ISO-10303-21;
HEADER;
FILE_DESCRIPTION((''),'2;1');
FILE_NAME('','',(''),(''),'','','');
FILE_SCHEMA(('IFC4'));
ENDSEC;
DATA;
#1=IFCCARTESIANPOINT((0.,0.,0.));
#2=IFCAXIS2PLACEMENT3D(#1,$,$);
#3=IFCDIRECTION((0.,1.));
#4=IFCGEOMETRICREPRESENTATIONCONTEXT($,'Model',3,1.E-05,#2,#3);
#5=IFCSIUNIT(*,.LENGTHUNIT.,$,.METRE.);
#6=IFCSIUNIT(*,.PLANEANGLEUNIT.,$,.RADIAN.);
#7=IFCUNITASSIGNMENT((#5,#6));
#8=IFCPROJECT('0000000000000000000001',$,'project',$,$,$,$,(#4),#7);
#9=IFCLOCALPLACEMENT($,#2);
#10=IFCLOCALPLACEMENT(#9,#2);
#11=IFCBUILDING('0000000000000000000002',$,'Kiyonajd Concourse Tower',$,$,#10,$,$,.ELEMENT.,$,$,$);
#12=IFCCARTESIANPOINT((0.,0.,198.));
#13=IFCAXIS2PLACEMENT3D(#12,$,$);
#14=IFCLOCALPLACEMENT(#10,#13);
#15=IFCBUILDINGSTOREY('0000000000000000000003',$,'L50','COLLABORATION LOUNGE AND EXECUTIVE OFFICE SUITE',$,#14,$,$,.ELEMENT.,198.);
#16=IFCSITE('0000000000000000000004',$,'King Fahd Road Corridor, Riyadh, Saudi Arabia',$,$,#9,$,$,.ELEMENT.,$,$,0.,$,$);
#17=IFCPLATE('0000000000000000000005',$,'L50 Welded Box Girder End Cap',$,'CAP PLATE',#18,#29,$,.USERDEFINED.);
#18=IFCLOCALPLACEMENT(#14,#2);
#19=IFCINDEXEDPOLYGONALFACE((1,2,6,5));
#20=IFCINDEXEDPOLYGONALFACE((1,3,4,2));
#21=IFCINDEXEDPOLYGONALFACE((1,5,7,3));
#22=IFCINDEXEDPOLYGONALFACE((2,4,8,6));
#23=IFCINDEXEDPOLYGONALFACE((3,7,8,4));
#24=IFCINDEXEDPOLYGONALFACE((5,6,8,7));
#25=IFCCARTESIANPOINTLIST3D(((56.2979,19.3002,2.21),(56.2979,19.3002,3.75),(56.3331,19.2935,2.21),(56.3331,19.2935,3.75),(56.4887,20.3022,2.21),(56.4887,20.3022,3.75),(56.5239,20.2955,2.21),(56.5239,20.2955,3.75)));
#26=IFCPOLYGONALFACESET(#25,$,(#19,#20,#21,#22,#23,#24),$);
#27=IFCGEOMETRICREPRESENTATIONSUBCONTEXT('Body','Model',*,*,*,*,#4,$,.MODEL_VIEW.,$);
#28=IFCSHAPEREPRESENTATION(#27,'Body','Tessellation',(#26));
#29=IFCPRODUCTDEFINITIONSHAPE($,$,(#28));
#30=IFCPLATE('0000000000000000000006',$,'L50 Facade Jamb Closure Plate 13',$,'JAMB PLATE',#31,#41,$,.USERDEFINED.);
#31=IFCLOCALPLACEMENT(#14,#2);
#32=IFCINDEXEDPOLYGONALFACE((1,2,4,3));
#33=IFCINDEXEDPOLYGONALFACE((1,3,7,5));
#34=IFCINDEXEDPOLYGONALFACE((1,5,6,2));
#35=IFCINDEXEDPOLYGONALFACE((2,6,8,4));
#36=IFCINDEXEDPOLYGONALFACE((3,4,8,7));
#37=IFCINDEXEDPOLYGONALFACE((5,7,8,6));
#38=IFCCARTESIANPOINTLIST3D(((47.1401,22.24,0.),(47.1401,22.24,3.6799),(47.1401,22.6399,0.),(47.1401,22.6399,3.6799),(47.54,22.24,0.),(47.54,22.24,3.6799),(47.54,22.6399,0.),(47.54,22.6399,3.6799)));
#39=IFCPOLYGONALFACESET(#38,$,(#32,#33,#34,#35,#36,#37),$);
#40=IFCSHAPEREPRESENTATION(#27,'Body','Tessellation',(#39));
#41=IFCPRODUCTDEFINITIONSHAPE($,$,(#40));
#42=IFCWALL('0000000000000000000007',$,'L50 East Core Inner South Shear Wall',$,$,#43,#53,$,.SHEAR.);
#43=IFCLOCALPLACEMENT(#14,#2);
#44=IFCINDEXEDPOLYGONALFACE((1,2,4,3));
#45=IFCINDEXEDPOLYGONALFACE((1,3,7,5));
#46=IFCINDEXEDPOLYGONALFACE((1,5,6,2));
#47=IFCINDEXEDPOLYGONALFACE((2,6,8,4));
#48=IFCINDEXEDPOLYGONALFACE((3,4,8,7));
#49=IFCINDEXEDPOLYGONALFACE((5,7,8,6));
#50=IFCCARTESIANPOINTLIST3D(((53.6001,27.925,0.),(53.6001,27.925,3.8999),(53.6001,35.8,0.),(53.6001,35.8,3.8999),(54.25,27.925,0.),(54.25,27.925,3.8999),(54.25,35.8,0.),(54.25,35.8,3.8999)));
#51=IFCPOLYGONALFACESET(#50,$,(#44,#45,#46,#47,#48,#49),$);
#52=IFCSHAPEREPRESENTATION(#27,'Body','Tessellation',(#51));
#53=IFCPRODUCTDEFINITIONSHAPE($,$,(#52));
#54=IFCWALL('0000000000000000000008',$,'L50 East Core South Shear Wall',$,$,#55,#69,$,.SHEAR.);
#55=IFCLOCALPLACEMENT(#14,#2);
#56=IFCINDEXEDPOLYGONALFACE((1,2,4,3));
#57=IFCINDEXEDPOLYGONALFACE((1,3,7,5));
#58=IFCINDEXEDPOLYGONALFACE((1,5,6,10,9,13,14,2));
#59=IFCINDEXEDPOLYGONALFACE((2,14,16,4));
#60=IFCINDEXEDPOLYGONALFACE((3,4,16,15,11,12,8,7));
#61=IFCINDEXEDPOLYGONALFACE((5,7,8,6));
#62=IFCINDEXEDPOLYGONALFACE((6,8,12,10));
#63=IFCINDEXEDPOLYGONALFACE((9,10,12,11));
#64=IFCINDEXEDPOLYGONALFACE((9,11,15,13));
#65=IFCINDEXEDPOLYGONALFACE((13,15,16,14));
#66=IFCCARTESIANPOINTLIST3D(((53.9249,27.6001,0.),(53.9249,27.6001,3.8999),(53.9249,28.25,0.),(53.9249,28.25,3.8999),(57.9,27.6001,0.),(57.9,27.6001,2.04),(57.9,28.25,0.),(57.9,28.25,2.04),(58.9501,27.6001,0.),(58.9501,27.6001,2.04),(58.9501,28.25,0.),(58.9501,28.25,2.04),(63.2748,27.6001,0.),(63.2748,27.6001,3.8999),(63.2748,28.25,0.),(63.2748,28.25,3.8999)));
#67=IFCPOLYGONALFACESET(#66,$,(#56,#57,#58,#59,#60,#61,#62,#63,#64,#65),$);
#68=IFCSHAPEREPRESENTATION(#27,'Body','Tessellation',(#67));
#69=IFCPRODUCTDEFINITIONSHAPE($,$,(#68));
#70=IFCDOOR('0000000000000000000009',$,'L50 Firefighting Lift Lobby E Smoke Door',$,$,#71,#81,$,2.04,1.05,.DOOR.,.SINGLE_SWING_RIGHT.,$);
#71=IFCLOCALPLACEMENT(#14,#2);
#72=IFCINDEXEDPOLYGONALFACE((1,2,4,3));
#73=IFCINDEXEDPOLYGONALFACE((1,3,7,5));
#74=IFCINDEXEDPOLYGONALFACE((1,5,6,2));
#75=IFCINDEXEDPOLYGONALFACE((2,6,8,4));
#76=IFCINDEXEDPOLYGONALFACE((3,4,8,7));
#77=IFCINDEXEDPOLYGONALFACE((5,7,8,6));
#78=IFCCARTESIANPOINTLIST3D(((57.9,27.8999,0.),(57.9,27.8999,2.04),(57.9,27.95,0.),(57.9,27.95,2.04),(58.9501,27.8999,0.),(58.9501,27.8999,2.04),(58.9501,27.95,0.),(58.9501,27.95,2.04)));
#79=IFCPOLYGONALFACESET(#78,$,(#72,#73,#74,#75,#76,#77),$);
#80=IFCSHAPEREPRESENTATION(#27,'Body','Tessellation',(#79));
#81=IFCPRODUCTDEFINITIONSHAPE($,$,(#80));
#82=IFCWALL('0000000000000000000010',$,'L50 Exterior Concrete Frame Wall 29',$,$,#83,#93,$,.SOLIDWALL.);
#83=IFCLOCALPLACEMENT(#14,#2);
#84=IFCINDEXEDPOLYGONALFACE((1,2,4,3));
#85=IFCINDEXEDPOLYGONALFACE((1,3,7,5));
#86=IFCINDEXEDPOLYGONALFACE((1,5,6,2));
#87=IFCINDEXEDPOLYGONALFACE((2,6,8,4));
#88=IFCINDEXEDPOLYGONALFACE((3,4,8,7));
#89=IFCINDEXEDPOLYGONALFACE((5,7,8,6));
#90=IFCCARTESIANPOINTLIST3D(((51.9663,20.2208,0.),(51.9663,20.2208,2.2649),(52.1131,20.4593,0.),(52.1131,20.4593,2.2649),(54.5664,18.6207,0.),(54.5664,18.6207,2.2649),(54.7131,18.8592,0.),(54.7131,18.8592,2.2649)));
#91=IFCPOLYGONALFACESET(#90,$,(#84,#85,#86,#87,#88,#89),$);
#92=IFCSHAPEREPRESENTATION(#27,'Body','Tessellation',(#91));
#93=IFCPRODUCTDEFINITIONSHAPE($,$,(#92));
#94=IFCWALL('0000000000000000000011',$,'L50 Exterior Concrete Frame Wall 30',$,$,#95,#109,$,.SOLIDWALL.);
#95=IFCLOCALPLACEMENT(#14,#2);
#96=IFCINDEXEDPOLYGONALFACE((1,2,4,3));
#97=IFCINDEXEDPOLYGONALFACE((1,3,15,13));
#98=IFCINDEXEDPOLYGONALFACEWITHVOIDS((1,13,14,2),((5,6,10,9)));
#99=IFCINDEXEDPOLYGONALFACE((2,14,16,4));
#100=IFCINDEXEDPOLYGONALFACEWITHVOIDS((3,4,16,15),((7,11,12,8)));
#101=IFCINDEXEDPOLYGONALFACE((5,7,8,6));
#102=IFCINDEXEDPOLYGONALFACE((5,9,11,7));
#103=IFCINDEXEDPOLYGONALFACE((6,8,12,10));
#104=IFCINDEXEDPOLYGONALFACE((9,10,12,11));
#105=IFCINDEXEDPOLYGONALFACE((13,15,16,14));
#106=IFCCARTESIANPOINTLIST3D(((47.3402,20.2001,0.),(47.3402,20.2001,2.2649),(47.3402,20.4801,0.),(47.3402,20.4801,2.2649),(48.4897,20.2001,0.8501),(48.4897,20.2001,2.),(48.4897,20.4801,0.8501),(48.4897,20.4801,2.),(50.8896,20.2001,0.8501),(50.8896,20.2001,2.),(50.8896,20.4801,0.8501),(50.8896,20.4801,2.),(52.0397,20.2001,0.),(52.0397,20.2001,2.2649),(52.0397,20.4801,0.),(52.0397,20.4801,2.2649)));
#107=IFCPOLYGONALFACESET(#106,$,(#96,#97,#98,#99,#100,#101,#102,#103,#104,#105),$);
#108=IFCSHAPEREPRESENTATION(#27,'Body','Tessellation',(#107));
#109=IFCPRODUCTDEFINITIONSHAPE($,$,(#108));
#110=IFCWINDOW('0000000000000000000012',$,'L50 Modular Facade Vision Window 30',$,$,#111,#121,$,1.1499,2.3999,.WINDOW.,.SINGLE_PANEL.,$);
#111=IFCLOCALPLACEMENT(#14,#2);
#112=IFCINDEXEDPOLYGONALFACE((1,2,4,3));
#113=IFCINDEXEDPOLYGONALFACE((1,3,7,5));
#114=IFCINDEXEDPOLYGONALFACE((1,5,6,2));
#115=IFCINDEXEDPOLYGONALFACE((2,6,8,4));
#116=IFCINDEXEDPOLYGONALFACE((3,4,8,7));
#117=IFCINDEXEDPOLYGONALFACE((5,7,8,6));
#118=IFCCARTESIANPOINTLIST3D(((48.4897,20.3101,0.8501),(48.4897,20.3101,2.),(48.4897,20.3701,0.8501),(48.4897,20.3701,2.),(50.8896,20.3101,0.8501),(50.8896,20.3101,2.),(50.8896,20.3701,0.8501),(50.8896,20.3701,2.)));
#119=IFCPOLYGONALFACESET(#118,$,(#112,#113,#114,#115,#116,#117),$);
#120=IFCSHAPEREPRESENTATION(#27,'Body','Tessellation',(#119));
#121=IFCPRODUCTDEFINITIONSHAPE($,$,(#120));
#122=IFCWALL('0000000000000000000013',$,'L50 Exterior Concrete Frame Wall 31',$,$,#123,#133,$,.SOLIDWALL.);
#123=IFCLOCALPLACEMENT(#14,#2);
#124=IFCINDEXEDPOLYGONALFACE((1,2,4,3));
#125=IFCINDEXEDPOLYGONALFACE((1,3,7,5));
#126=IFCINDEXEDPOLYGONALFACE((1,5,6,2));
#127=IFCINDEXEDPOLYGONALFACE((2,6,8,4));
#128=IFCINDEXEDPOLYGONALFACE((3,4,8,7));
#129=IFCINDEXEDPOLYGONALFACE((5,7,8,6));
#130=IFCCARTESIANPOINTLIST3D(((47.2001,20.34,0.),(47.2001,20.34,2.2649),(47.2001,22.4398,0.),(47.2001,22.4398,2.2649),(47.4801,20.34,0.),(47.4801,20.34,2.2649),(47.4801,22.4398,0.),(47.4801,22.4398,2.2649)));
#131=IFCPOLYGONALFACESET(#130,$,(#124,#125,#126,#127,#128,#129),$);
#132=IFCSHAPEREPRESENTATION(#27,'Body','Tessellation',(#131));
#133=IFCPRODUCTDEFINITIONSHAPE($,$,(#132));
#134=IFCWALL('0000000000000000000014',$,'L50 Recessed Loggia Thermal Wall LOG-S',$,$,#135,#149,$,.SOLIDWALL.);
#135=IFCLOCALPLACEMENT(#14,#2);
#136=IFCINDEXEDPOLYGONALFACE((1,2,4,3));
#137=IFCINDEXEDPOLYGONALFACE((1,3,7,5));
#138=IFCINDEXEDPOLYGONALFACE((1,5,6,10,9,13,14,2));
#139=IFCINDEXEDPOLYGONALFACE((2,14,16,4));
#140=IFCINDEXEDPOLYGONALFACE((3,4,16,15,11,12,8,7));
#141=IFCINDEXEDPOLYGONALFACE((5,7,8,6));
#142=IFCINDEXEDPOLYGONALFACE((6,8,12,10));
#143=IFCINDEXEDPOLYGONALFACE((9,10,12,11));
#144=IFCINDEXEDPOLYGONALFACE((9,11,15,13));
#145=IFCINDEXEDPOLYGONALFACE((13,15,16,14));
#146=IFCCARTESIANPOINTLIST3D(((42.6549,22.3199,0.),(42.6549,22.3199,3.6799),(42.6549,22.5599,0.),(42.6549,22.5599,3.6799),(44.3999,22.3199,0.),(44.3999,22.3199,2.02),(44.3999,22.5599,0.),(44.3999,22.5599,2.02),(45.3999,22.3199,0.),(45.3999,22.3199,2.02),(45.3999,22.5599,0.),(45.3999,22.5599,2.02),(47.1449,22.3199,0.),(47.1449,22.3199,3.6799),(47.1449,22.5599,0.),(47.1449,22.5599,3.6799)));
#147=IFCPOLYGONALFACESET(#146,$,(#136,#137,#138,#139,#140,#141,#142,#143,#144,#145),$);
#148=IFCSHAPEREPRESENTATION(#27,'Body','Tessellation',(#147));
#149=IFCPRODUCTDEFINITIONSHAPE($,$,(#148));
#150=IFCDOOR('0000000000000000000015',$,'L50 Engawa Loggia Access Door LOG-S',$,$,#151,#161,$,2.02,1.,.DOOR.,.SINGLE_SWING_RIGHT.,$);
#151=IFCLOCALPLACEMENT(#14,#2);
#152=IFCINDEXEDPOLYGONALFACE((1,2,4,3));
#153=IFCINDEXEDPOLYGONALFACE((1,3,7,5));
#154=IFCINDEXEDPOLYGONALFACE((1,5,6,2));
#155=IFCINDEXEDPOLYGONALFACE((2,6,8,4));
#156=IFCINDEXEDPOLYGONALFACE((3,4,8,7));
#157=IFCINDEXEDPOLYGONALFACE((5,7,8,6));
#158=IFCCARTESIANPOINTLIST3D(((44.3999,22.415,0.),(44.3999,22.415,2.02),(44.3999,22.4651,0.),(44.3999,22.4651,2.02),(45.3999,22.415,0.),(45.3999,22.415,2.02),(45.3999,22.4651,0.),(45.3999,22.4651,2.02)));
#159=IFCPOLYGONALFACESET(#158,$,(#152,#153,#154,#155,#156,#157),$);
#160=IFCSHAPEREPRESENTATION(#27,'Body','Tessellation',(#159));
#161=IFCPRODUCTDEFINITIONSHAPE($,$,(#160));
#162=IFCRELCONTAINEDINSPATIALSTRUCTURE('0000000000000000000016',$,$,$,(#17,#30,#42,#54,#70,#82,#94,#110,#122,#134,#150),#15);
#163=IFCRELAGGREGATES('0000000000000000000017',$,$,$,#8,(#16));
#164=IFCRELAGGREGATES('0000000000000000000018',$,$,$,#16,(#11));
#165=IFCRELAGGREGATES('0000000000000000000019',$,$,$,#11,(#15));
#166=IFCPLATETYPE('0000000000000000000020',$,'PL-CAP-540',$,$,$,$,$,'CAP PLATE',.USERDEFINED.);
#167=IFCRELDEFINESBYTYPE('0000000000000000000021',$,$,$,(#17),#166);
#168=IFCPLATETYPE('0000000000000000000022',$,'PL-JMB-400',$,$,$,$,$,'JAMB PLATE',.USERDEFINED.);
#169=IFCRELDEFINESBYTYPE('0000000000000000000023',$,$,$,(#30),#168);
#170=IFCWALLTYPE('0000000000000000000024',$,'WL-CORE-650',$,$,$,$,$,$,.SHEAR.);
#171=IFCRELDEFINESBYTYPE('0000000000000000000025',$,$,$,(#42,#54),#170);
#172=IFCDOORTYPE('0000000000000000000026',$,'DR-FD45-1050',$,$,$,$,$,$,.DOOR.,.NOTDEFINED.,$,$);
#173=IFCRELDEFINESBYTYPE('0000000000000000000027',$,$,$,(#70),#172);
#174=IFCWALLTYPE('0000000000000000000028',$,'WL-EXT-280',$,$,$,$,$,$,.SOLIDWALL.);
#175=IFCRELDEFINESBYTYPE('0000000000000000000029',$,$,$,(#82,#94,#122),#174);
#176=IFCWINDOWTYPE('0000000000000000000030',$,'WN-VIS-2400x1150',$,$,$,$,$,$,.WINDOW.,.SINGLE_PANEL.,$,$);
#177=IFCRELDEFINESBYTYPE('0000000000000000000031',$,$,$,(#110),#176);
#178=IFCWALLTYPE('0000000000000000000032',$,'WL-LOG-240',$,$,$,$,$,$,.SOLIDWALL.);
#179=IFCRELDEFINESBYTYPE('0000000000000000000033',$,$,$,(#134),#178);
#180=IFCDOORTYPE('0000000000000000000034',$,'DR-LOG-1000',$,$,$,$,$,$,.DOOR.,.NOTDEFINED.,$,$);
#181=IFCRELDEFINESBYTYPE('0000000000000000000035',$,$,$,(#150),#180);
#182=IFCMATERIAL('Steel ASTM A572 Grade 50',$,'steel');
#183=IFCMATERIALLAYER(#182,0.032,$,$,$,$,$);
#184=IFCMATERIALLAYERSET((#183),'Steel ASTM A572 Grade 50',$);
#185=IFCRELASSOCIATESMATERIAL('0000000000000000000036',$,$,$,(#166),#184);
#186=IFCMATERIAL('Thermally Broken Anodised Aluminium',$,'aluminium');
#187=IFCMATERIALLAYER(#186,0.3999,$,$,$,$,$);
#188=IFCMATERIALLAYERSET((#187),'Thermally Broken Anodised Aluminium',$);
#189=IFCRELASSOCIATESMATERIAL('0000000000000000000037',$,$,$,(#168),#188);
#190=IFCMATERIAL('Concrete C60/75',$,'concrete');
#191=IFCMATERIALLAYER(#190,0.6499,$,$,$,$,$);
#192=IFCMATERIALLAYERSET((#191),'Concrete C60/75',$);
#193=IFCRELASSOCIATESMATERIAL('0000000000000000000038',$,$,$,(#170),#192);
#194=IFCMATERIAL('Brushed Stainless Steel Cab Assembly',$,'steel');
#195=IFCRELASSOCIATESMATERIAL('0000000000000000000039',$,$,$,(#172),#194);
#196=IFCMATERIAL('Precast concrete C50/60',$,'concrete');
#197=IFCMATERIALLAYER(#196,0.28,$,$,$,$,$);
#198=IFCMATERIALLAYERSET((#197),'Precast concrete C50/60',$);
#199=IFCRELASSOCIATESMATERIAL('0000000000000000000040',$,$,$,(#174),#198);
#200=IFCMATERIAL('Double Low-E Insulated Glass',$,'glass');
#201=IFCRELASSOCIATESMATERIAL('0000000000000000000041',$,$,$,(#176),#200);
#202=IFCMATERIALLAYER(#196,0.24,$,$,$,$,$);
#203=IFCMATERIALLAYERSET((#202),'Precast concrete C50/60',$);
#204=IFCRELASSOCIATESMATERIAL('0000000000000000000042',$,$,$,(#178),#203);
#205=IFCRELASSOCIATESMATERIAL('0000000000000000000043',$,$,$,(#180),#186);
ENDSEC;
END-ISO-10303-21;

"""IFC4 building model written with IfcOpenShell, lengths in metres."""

from ifc_helpers import new_model, si_unit, direction, frame, frame_2d, origin, origin_2d, place, context, subcontext, project, spatial, rectangle, extrude, material, layer, layer_set, type_object, element, fill, save


model = new_model("IFC4")

# Units and contexts
model_context = context("Model", 3, precision=1e-05, world=origin(), true_north=direction((0.0, 1.0)))
body_context = subcontext(model_context, "Body", "Model", "MODEL_VIEW")
ifc_project = project(units=[si_unit("LENGTHUNIT", "METRE"), si_unit("PLANEANGLEUNIT", "RADIAN")], contexts=[model_context])

# Site, building, storey
site_placement = place(None, origin())
site = spatial("IfcSite", under=ifc_project, at=site_placement, Name="King Fahd Road Corridor, Riyadh, Saudi Arabia", CompositionType="ELEMENT", RefElevation=0.0)
building_placement = place(site_placement, origin())
building = spatial("IfcBuilding", under=site, at=building_placement, Name="Kiyonajd Concourse Tower", CompositionType="ELEMENT")
storey_placement = place(building_placement, frame((0.0, 0.0, 198.0)))
storey = spatial("IfcBuildingStorey", under=building, at=storey_placement, Name="L50", Description="COLLABORATION LOUNGE AND EXECUTIVE OFFICE SUITE", CompositionType="ELEMENT", Elevation=198.0)

# Shared definitions
ifc_material_1 = material(Name="Steel ASTM A572 Grade 50", Category="steel")

# Plates
ifc_layer_1 = layer(ifc_material_1, 0.032)
ifc_layer_set_1 = layer_set([ifc_layer_1], Name="Steel ASTM A572 Grade 50")
plate_type_1 = type_object("IfcPlateType", Name="PL-CAP-540", ElementType="CAP PLATE", PredefinedType="USERDEFINED", material=ifc_layer_set_1)
for number, where, z_axis, x_axis, name in (
    (1, (56.4109, 19.7979, 2.21), (0.0, 0.0, 1.0), (0.982353, -0.187038, 0.0), "L50 Welded Box Girder End Cap"),
):
    element("IfcPlate", number, at=place(storey_placement, frame(where, z_axis=z_axis, x_axis=x_axis)), inside=storey, type_object=plate_type_1, Name=name, ObjectType="CAP PLATE", PredefinedType="USERDEFINED", context=body_context, shape_type="SweptSolid", body=[
        extrude(rectangle(XDim=0.0359, YDim=1.02, at=origin_2d()), origin(), (0.0, 0.0, 1.0), 1.54),
    ])
ifc_material_2 = material(Name="Thermally Broken Anodised Aluminium", Category="aluminium")
ifc_layer_2 = layer(ifc_material_2, 0.3999)
ifc_layer_set_2 = layer_set([ifc_layer_2], Name="Thermally Broken Anodised Aluminium")
plate_type_2 = type_object("IfcPlateType", Name="PL-JMB-400", ElementType="JAMB PLATE", PredefinedType="USERDEFINED", material=ifc_layer_set_2)
plate_placement = place(storey_placement, frame((47.3401, 22.4399, 0.0), z_axis=(0.0, 0.0, 1.0), x_axis=(1.0, 0.0, 0.0)))
element("IfcPlate", 2, at=plate_placement, inside=storey, type_object=plate_type_2, Name="L50 Facade Jamb Closure Plate 13", ObjectType="JAMB PLATE", PredefinedType="USERDEFINED", context=body_context, shape_type="SweptSolid", body=[
    extrude(rectangle(XDim=0.3999, YDim=0.3999, at=origin_2d()), origin(), (0.0, 0.0, 1.0), 3.6799),
])

# Wall
ifc_material_3 = material(Name="Concrete C60/75", Category="concrete")
ifc_layer_3 = layer(ifc_material_3, 0.6499)
ifc_layer_set_3 = layer_set([ifc_layer_3], Name="Concrete C60/75")
wall_type_1 = type_object("IfcWallType", Name="WL-CORE-650", PredefinedType="SHEAR", material=ifc_layer_set_3)
wall_1_placement = place(storey_placement, frame((53.925, 27.925, 0.0), z_axis=(0.0, 0.0, 1.0), x_axis=(0.0, 1.0, 0.0)))
element("IfcWall", 3, at=wall_1_placement, inside=storey, type_object=wall_type_1, Name="L50 East Core Inner South Shear Wall", PredefinedType="SHEAR", context=body_context, shape_type="SweptSolid", body=[
    extrude(rectangle(XDim=7.875, YDim=0.6499, at=frame_2d((3.9375, 0.0))), origin(), (0.0, 0.0, 1.0), 3.8999),
])

# Wall, opening, door
wall_2_placement = place(storey_placement, frame((53.925, 27.925, 0.0), z_axis=(0.0, 0.0, 1.0), x_axis=(1.0, 0.0, 0.0)))
wall_2 = element("IfcWall", 4, at=wall_2_placement, inside=storey, type_object=wall_type_1, Name="L50 East Core South Shear Wall", PredefinedType="SHEAR", context=body_context, shape_type="SweptSolid", body=[
    extrude(rectangle(XDim=9.3499, YDim=0.6499, at=frame_2d((4.6748, 0.0))), origin(), (0.0, 0.0, 1.0), 3.8999),
])
opening_1_placement = place(wall_2_placement, frame((3.9751, 0.0, 0.0)))
opening_1 = element("IfcOpeningElement", 5, at=opening_1_placement, cuts=wall_2, PredefinedType="OPENING", context=body_context, shape_type="SweptSolid", body=[
    extrude(rectangle(XDim=1.05, YDim=2.04, at=frame_2d((0.5249, 1.02))), frame((0.0, 0.335, 0.0), z_axis=(0.0, -1.0, 0.0), x_axis=(1.0, 0.0, 0.0)), (0.0, 0.0, 1.0), 0.6699),
])
ifc_material_4 = material(Name="Brushed Stainless Steel Cab Assembly", Category="steel")
door_type_1 = type_object("IfcDoorType", Name="DR-FD45-1050", OperationType="NOTDEFINED", PredefinedType="DOOR", material=ifc_material_4)
door_1_placement = place(opening_1_placement, origin())
door_1 = element("IfcDoor", 6, at=door_1_placement, inside=storey, type_object=door_type_1, Name="L50 Firefighting Lift Lobby E Smoke Door", OperationType="SINGLE_SWING_RIGHT", OverallHeight=2.04, OverallWidth=1.05, PredefinedType="DOOR", context=body_context, shape_type="SweptSolid", body=[
    extrude(rectangle(XDim=1.05, YDim=2.04, at=frame_2d((0.5249, 1.02))), frame((0.0, 0.0249, 0.0), z_axis=(0.0, -1.0, 0.0), x_axis=(1.0, 0.0, 0.0)), (0.0, 0.0, 1.0), 0.05),
])
fill(opening_1, door_1)

# Wall
ifc_material_5 = material(Name="Precast concrete C50/60", Category="concrete")
ifc_layer_4 = layer(ifc_material_5, 0.28)
ifc_layer_set_4 = layer_set([ifc_layer_4], Name="Precast concrete C50/60")
wall_type_2 = type_object("IfcWallType", Name="WL-EXT-280", PredefinedType="SOLIDWALL", material=ifc_layer_set_4)
wall_3_placement = place(storey_placement, frame((54.6396, 18.74, 0.0), z_axis=(0.0, 0.0, 1.0), x_axis=(-0.851653, 0.524106, 0.0)))
element("IfcWall", 7, at=wall_3_placement, inside=storey, type_object=wall_type_2, Name="L50 Exterior Concrete Frame Wall 29", PredefinedType="SOLIDWALL", context=body_context, shape_type="SweptSolid", body=[
    extrude(rectangle(XDim=3.053, YDim=0.28, at=frame_2d((1.5264, 0.0))), origin(), (0.0, 0.0, 1.0), 2.2649),
])

# Wall, opening, window
wall_4_placement = place(storey_placement, frame((52.0396, 20.3401, 0.0), z_axis=(0.0, 0.0, 1.0), x_axis=(-1.0, 0.0, 0.0)))
wall_4 = element("IfcWall", 8, at=wall_4_placement, inside=storey, type_object=wall_type_2, Name="L50 Exterior Concrete Frame Wall 30", PredefinedType="SOLIDWALL", context=body_context, shape_type="SweptSolid", body=[
    extrude(rectangle(XDim=4.6995, YDim=0.28, at=frame_2d((2.3496, 0.0))), origin(), (0.0, 0.0, 1.0), 2.2649),
])
opening_2_placement = place(wall_4_placement, frame((1.1499, 0.0, 0.8501)))
opening_2 = element("IfcOpeningElement", 9, at=opening_2_placement, cuts=wall_4, PredefinedType="OPENING", context=body_context, shape_type="SweptSolid", body=[
    extrude(rectangle(XDim=2.3999, YDim=1.1499, at=frame_2d((1.2, 0.575))), frame((0.0, 0.1499, 0.0), z_axis=(0.0, -1.0, 0.0), x_axis=(1.0, 0.0, 0.0)), (0.0, 0.0, 1.0), 0.3),
])
ifc_material_6 = material(Name="Double Low-E Insulated Glass", Category="glass")
window_type = type_object("IfcWindowType", Name="WN-VIS-2400x1150", PartitioningType="SINGLE_PANEL", PredefinedType="WINDOW", material=ifc_material_6)
window_placement = place(opening_2_placement, origin())
window = element("IfcWindow", 10, at=window_placement, inside=storey, type_object=window_type, Name="L50 Modular Facade Vision Window 30", OverallHeight=1.1499, OverallWidth=2.3999, PartitioningType="SINGLE_PANEL", PredefinedType="WINDOW", context=body_context, shape_type="SweptSolid", body=[
    extrude(rectangle(XDim=2.3999, YDim=1.1499, at=frame_2d((1.2, 0.575))), frame((0.0, 0.03, 0.0), z_axis=(0.0, -1.0, 0.0), x_axis=(1.0, 0.0, 0.0)), (0.0, 0.0, 1.0), 0.0601),
])
fill(opening_2, window)

# Wall
wall_5_placement = place(storey_placement, frame((47.3401, 20.3401, 0.0), z_axis=(0.0, 0.0, 1.0), x_axis=(0.0, 1.0, 0.0)))
element("IfcWall", 11, at=wall_5_placement, inside=storey, type_object=wall_type_2, Name="L50 Exterior Concrete Frame Wall 31", PredefinedType="SOLIDWALL", context=body_context, shape_type="SweptSolid", body=[
    extrude(rectangle(XDim=2.0999, YDim=0.28, at=frame_2d((1.0498, 0.0))), origin(), (0.0, 0.0, 1.0), 2.2649),
])

# Wall, opening, door
ifc_layer_5 = layer(ifc_material_5, 0.24)
ifc_layer_set_5 = layer_set([ifc_layer_5], Name="Precast concrete C50/60")
wall_type_3 = type_object("IfcWallType", Name="WL-LOG-240", PredefinedType="SOLIDWALL", material=ifc_layer_set_5)
wall_6_placement = place(storey_placement, frame((47.145, 22.4399, 0.0), z_axis=(0.0, 0.0, 1.0), x_axis=(-1.0, 0.0, 0.0)))
wall_6 = element("IfcWall", 12, at=wall_6_placement, inside=storey, type_object=wall_type_3, Name="L50 Recessed Loggia Thermal Wall LOG-S", PredefinedType="SOLIDWALL", context=body_context, shape_type="SweptSolid", body=[
    extrude(rectangle(XDim=4.49, YDim=0.24, at=frame_2d((2.2451, 0.0))), origin(), (0.0, 0.0, 1.0), 3.6799),
])
opening_3_placement = place(wall_6_placement, frame((1.7451, 0.0, 0.0)))
opening_3 = element("IfcOpeningElement", 13, at=opening_3_placement, cuts=wall_6, PredefinedType="OPENING", context=body_context, shape_type="SweptSolid", body=[
    extrude(rectangle(XDim=1.0, YDim=2.02, at=frame_2d((0.5, 1.01))), frame((0.0, 0.1299, 0.0), z_axis=(0.0, -1.0, 0.0), x_axis=(1.0, 0.0, 0.0)), (0.0, 0.0, 1.0), 0.26),
])
door_type_2 = type_object("IfcDoorType", Name="DR-LOG-1000", OperationType="NOTDEFINED", PredefinedType="DOOR", material=ifc_material_2)
door_2_placement = place(opening_3_placement, origin())
door_2 = element("IfcDoor", 14, at=door_2_placement, inside=storey, type_object=door_type_2, Name="L50 Engawa Loggia Access Door LOG-S", OperationType="SINGLE_SWING_RIGHT", OverallHeight=2.02, OverallWidth=1.0, PredefinedType="DOOR", context=body_context, shape_type="SweptSolid", body=[
    extrude(rectangle(XDim=1.0, YDim=2.02, at=frame_2d((0.5, 1.01))), frame((0.0, 0.0249, 0.0), z_axis=(0.0, -1.0, 0.0), x_axis=(1.0, 0.0, 0.0)), (0.0, 0.0, 1.0), 0.05),
])
fill(opening_3, door_2)

save(model, "model.ifc")
